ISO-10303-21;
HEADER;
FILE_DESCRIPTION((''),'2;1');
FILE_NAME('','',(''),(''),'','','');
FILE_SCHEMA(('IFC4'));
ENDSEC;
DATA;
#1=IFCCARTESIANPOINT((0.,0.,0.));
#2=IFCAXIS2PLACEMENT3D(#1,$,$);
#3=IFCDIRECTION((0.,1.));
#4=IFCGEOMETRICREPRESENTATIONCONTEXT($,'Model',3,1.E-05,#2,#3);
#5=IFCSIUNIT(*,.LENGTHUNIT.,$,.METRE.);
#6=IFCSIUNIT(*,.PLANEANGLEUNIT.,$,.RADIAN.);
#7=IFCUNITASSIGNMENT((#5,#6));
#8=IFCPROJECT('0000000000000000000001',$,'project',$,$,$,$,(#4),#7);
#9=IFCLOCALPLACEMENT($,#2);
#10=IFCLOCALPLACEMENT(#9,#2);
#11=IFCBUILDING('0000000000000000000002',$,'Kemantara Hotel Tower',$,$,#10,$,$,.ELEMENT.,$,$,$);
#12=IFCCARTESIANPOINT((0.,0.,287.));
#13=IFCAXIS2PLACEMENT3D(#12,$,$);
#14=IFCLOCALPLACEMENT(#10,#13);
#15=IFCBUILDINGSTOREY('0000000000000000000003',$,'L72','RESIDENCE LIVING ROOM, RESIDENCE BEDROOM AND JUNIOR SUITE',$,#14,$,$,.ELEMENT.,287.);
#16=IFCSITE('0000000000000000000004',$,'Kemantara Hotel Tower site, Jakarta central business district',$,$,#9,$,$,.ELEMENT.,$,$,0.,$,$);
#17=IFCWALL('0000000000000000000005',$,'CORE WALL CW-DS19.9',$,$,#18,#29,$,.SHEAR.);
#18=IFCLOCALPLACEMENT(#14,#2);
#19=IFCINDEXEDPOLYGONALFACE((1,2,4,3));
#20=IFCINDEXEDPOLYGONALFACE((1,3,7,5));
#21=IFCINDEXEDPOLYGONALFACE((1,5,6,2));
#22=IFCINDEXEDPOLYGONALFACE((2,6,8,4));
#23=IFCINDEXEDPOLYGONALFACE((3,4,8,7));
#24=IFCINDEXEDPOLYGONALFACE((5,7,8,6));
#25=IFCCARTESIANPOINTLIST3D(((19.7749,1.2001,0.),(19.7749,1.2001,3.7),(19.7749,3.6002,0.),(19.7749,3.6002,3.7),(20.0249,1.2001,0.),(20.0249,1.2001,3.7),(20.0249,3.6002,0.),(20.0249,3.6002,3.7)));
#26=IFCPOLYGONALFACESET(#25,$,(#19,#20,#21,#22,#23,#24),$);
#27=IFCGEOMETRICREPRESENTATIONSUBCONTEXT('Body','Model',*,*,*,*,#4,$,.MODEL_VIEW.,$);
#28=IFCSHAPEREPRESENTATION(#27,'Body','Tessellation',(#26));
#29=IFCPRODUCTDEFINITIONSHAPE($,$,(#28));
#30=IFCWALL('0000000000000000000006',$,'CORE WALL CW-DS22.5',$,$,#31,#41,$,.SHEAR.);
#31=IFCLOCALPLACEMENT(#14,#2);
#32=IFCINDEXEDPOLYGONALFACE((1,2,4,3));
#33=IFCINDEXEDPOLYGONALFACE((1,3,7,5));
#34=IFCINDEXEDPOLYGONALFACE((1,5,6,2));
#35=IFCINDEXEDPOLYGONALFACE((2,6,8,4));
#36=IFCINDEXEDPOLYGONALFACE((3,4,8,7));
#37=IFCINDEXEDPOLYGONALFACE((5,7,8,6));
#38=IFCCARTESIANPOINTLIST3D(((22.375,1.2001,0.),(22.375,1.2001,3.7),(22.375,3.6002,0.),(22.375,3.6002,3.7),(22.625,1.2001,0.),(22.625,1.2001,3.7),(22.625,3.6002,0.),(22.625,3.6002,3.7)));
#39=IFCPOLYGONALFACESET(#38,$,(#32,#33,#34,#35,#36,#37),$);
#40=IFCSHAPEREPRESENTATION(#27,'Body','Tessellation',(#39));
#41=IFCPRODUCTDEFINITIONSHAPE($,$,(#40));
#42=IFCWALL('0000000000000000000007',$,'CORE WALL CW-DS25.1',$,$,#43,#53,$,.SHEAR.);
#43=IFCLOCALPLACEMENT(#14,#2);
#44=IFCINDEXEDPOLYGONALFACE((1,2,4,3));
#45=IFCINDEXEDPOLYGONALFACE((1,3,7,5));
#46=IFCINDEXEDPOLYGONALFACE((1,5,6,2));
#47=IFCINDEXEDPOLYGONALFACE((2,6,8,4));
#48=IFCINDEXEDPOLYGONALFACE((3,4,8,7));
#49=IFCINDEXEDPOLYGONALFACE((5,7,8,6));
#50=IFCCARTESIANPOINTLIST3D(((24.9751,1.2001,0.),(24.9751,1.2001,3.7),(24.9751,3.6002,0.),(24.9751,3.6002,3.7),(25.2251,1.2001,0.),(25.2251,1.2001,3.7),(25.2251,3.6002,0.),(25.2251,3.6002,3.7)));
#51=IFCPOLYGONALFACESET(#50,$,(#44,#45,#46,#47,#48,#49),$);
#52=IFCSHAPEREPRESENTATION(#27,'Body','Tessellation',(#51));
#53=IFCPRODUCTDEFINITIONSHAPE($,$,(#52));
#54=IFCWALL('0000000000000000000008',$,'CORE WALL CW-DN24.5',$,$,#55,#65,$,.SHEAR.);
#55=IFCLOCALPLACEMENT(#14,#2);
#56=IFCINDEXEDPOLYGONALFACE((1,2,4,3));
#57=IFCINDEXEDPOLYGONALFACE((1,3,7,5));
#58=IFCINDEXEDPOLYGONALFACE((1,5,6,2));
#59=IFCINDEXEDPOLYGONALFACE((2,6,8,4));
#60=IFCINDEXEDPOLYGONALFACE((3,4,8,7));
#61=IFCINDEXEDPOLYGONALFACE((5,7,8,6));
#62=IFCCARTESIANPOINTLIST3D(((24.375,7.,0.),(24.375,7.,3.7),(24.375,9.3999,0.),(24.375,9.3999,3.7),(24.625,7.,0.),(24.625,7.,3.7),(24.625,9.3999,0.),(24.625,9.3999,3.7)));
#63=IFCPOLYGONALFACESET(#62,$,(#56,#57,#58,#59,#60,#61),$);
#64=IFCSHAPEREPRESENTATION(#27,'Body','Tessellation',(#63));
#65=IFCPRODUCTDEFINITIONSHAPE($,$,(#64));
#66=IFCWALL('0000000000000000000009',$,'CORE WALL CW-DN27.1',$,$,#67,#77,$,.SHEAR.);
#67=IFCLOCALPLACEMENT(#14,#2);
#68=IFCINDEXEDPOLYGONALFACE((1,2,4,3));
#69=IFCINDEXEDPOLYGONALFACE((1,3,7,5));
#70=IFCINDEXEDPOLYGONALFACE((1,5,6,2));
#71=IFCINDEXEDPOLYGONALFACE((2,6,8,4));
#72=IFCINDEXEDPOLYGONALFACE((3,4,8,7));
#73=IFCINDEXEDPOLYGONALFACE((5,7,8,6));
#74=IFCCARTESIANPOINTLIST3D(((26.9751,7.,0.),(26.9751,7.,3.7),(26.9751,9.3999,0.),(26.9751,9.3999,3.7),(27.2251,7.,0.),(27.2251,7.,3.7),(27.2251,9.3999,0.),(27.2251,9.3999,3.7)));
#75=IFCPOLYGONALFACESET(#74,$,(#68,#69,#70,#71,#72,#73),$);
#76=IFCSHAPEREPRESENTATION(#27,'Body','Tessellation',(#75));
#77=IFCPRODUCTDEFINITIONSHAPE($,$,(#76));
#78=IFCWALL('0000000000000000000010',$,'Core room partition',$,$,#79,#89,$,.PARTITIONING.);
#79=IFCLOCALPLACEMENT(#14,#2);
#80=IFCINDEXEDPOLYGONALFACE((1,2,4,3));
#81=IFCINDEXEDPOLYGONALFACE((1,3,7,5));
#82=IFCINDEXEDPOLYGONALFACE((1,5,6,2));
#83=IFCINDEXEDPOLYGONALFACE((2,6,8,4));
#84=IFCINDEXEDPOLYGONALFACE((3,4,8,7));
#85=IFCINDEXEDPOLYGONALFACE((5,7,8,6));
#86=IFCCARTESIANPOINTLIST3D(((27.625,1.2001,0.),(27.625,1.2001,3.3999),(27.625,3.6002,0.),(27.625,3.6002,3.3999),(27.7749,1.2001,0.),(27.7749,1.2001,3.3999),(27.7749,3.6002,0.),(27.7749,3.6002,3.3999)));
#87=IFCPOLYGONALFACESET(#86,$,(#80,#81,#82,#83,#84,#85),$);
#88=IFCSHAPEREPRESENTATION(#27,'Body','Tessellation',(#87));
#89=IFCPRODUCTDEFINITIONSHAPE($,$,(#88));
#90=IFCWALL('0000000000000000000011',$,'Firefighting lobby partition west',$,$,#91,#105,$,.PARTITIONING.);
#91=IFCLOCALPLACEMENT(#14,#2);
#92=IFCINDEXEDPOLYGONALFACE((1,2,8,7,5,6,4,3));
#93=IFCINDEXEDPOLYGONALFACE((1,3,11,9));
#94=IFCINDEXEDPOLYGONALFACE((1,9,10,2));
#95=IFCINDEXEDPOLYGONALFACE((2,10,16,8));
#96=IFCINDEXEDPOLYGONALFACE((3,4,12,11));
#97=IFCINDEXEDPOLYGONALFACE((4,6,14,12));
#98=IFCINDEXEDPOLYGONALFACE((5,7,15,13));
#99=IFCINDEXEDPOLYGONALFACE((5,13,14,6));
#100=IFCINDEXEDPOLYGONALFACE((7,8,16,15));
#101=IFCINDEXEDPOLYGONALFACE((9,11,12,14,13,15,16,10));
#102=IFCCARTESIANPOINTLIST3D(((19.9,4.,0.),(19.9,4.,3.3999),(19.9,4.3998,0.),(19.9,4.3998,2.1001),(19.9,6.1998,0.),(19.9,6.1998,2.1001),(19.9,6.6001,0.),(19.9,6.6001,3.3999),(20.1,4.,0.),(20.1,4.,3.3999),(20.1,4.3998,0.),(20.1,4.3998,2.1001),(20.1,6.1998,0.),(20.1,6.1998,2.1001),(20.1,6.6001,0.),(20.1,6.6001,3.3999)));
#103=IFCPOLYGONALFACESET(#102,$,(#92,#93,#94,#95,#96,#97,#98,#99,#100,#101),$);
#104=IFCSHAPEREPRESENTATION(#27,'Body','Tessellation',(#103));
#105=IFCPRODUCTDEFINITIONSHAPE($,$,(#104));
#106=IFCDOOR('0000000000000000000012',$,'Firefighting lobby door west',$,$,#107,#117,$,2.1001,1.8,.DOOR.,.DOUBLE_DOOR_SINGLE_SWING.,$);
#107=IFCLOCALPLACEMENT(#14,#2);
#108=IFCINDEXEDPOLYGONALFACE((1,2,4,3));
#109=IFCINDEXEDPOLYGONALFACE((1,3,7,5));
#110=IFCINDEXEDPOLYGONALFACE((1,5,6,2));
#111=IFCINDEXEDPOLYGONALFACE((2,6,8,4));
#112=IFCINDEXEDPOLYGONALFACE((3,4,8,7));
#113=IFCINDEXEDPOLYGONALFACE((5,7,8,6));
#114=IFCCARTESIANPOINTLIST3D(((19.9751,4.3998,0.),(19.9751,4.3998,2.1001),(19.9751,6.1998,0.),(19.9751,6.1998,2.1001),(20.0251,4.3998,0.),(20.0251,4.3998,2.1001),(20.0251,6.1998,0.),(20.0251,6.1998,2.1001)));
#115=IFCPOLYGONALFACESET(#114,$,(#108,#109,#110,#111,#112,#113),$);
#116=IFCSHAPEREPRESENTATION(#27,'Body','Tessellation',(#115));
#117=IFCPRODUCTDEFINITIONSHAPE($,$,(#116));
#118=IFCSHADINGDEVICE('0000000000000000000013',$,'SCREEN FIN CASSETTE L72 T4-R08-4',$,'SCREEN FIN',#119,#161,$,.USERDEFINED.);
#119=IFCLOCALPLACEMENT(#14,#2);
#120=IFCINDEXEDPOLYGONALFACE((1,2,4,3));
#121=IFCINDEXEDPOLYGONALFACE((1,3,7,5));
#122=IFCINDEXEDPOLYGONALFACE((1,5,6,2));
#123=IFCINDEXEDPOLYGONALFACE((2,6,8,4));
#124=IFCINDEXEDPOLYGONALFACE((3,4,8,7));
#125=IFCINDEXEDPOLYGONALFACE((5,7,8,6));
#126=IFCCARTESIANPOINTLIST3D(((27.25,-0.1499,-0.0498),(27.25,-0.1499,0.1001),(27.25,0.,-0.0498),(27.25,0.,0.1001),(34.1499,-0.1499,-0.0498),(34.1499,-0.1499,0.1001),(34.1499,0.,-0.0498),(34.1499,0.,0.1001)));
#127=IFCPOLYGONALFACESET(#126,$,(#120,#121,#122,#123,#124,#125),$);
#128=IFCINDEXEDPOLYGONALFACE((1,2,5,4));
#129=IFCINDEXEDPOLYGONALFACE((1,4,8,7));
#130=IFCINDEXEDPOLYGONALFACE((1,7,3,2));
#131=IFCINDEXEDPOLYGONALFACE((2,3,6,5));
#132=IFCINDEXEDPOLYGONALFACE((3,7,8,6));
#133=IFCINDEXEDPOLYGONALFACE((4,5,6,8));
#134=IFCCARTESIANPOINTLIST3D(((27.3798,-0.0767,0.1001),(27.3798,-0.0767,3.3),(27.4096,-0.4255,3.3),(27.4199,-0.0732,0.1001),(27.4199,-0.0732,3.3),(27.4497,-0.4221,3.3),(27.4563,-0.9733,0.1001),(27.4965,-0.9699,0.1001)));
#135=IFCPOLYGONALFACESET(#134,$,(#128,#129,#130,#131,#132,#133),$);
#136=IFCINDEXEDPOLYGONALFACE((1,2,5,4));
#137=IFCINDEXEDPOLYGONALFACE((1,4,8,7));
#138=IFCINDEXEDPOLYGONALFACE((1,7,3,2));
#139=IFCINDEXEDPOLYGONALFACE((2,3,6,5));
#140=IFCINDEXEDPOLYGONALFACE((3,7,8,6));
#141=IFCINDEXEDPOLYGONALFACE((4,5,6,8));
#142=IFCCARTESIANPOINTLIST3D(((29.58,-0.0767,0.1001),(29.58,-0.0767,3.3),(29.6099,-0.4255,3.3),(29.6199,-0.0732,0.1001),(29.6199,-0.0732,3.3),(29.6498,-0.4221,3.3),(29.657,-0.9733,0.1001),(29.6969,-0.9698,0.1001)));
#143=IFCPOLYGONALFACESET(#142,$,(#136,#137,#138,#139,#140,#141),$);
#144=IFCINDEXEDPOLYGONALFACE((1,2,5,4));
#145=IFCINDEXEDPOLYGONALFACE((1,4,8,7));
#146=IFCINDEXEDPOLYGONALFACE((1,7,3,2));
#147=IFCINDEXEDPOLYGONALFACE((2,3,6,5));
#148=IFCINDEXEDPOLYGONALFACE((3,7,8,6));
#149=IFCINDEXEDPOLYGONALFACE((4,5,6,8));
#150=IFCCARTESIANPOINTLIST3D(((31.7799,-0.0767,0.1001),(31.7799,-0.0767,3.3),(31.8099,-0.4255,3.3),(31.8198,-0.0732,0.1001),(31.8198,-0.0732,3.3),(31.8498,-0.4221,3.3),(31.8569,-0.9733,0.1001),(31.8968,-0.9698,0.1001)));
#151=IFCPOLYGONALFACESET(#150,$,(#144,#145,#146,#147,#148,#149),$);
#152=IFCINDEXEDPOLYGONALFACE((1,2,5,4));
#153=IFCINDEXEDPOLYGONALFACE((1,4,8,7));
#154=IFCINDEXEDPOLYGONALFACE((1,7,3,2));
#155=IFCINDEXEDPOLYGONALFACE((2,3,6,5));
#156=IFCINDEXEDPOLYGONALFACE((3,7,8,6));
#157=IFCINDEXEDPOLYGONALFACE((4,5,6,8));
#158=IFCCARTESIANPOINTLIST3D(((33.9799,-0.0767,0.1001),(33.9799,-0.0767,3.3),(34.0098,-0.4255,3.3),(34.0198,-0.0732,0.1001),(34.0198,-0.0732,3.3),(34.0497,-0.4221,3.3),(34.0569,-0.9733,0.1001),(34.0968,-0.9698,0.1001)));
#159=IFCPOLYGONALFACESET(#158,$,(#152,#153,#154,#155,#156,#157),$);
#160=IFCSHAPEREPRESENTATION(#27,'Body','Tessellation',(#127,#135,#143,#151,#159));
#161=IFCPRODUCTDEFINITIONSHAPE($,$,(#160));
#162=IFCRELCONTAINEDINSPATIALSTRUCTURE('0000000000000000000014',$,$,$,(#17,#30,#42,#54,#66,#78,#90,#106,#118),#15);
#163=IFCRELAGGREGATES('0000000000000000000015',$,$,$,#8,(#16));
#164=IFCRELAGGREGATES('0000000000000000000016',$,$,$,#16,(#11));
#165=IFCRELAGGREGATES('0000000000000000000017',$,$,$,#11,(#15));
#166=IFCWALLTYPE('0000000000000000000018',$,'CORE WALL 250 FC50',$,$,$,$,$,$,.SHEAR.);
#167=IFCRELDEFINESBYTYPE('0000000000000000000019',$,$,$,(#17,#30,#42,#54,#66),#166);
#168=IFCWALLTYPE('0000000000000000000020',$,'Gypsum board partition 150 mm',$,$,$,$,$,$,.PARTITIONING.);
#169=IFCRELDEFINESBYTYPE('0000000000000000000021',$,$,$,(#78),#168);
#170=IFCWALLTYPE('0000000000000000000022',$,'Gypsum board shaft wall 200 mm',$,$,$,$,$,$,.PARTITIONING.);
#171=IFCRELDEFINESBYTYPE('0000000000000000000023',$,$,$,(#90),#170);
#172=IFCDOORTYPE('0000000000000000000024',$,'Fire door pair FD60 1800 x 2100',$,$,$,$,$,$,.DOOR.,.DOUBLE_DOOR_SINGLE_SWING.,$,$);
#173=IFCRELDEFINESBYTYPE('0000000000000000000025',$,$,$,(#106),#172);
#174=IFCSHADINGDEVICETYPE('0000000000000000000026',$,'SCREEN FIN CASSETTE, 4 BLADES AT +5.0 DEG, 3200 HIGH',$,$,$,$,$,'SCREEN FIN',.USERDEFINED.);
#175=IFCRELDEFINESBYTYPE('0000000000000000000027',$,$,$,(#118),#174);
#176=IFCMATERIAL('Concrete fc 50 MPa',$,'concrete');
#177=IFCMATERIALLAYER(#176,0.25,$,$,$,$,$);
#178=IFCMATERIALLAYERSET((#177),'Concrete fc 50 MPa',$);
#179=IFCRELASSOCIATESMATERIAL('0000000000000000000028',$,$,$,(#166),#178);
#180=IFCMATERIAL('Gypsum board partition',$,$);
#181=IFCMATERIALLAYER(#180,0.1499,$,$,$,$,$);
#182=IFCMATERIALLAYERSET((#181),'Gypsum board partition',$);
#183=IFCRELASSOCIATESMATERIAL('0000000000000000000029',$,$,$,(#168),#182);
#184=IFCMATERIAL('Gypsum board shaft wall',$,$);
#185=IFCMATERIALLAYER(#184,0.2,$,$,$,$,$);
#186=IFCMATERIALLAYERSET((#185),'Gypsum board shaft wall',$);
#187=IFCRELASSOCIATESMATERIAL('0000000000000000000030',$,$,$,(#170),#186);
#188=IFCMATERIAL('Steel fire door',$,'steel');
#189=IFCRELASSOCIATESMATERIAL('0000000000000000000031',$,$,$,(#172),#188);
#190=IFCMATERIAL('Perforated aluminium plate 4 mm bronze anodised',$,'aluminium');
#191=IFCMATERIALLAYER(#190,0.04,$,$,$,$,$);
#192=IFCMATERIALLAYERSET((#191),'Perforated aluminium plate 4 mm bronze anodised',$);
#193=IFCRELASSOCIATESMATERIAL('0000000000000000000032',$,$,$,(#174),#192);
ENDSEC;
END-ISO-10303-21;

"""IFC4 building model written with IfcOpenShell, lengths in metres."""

from ifc_helpers import new_model, si_unit, direction, frame, frame_2d, origin, origin_2d, place, context, subcontext, project, spatial, polyline, rectangle, outline, extrude, source, transform, mapped, material, layer, layer_set, type_object, element, fill, save


model = new_model("IFC4")

# Units and contexts
model_context = context("Model", 3, precision=1e-05, world=origin(), true_north=direction((0.0, 1.0)))
body_context = subcontext(model_context, "Body", "Model", "MODEL_VIEW")
ifc_project = project(units=[si_unit("LENGTHUNIT", "METRE"), si_unit("PLANEANGLEUNIT", "RADIAN")], contexts=[model_context])

# Site, building, storey
site_placement = place(None, origin())
site = spatial("IfcSite", under=ifc_project, at=site_placement, Name="Kemantara Hotel Tower site, Jakarta central business district", CompositionType="ELEMENT", RefElevation=0.0)
building_placement = place(site_placement, origin())
building = spatial("IfcBuilding", under=site, at=building_placement, Name="Kemantara Hotel Tower", CompositionType="ELEMENT")
storey_placement = place(building_placement, frame((0.0, 0.0, 287.0)))
storey = spatial("IfcBuildingStorey", under=building, at=storey_placement, Name="L72", Description="RESIDENCE LIVING ROOM, RESIDENCE BEDROOM AND JUNIOR SUITE", CompositionType="ELEMENT", Elevation=287.0)

# Walls
ifc_material_1 = material(Name="Concrete fc 50 MPa", Category="concrete")
ifc_layer_1 = layer(ifc_material_1, 0.25)
ifc_layer_set_1 = layer_set([ifc_layer_1], Name="Concrete fc 50 MPa")
wall_type_1 = type_object("IfcWallType", Name="CORE WALL 250 FC50", PredefinedType="SHEAR", material=ifc_layer_set_1)
for number, where, z_axis, x_axis, name in (
    (1, (19.8999, 1.2, 0.0), (0.0, 0.0, 1.0), (0.0, 1.0, 0.0), "CORE WALL CW-DS19.9"),
    (2, (22.5, 1.2, 0.0), (0.0, 0.0, 1.0), (0.0, 1.0, 0.0), "CORE WALL CW-DS22.5"),
    (3, (25.1001, 1.2, 0.0), (0.0, 0.0, 1.0), (0.0, 1.0, 0.0), "CORE WALL CW-DS25.1"),
):
    element("IfcWall", number, at=place(storey_placement, frame(where, z_axis=z_axis, x_axis=x_axis)), inside=storey, type_object=wall_type_1, Name=name, PredefinedType="SHEAR", context=body_context, shape_type="SweptSolid", body=[
        extrude(rectangle(XDim=2.4001, YDim=0.25, at=frame_2d((1.2002, 0.0))), origin(), (0.0, 0.0, 1.0), 3.7),
    ])
for number, where, z_axis, x_axis, name in (
    (4, (24.5, 7.0, 0.0), (0.0, 0.0, 1.0), (0.0, 1.0, 0.0), "CORE WALL CW-DN24.5"),
    (5, (27.1001, 7.0, 0.0), (0.0, 0.0, 1.0), (0.0, 1.0, 0.0), "CORE WALL CW-DN27.1"),
):
    element("IfcWall", number, at=place(storey_placement, frame(where, z_axis=z_axis, x_axis=x_axis)), inside=storey, type_object=wall_type_1, Name=name, PredefinedType="SHEAR", context=body_context, shape_type="SweptSolid", body=[
        extrude(rectangle(XDim=2.3999, YDim=0.25, at=frame_2d((1.2, 0.0))), origin(), (0.0, 0.0, 1.0), 3.7),
    ])
ifc_material_2 = material(Name="Gypsum board partition")
ifc_layer_2 = layer(ifc_material_2, 0.1499)
ifc_layer_set_2 = layer_set([ifc_layer_2], Name="Gypsum board partition")
wall_type_2 = type_object("IfcWallType", Name="Gypsum board partition 150 mm", PredefinedType="PARTITIONING", material=ifc_layer_set_2)
wall_1_placement = place(storey_placement, frame((27.7, 1.2, 0.0), z_axis=(0.0, 0.0, 1.0), x_axis=(0.0, 1.0, 0.0)))
element("IfcWall", 6, at=wall_1_placement, inside=storey, type_object=wall_type_2, Name="Core room partition", PredefinedType="PARTITIONING", context=body_context, shape_type="SweptSolid", body=[
    extrude(rectangle(XDim=2.4001, YDim=0.1499, at=frame_2d((1.2002, 0.0))), origin(), (0.0, 0.0, 1.0), 3.3999),
])

# Wall, opening, door
ifc_material_3 = material(Name="Gypsum board shaft wall")
ifc_layer_3 = layer(ifc_material_3, 0.2)
ifc_layer_set_3 = layer_set([ifc_layer_3], Name="Gypsum board shaft wall")
wall_type_3 = type_object("IfcWallType", Name="Gypsum board shaft wall 200 mm", PredefinedType="PARTITIONING", material=ifc_layer_set_3)
wall_2_placement = place(storey_placement, frame((20.0, 4.0, 0.0), z_axis=(0.0, 0.0, 1.0), x_axis=(0.0, 1.0, 0.0)))
wall_2 = element("IfcWall", 7, at=wall_2_placement, inside=storey, type_object=wall_type_3, Name="Firefighting lobby partition west", PredefinedType="PARTITIONING", context=body_context, shape_type="SweptSolid", body=[
    extrude(rectangle(XDim=2.6001, YDim=0.2, at=frame_2d((1.3, 0.0))), origin(), (0.0, 0.0, 1.0), 3.3999),
])
opening_placement = place(wall_2_placement, frame((0.3999, 0.0, 0.0)))
opening = element("IfcOpeningElement", 8, at=opening_placement, cuts=wall_2, PredefinedType="OPENING", context=body_context, shape_type="SweptSolid", body=[
    extrude(rectangle(XDim=1.8, YDim=2.1001, at=frame_2d((0.8999, 1.05))), frame((0.0, 0.1099, 0.0), z_axis=(0.0, -1.0, 0.0), x_axis=(1.0, 0.0, 0.0)), (0.0, 0.0, 1.0), 0.22),
])
ifc_material_4 = material(Name="Steel fire door", Category="steel")
door_type = type_object("IfcDoorType", Name="Fire door pair FD60 1800 x 2100", OperationType="DOUBLE_DOOR_SINGLE_SWING", PredefinedType="DOOR", material=ifc_material_4)
door_placement = place(opening_placement, origin())
door = element("IfcDoor", 9, at=door_placement, inside=storey, type_object=door_type, Name="Firefighting lobby door west", OperationType="DOUBLE_DOOR_SINGLE_SWING", OverallHeight=2.1001, OverallWidth=1.8, PredefinedType="DOOR", context=body_context, shape_type="SweptSolid", body=[
    extrude(rectangle(XDim=1.8, YDim=2.1001, at=frame_2d((0.8999, 1.05))), frame((0.0, 0.0249, 0.0), z_axis=(0.0, -1.0, 0.0), x_axis=(1.0, 0.0, 0.0)), (0.0, 0.0, 1.0), 0.05),
])
fill(opening, door)

# Shading device
ifc_material_5 = material(Name="Perforated aluminium plate 4 mm bronze anodised", Category="aluminium")
ifc_layer_4 = layer(ifc_material_5, 0.04)
ifc_layer_set_4 = layer_set([ifc_layer_4], Name="Perforated aluminium plate 4 mm bronze anodised")
shading_device_type = type_object("IfcShadingDeviceType", Name="SCREEN FIN CASSETTE, 4 BLADES AT +5.0 DEG, 3200 HIGH", ElementType="SCREEN FIN", PredefinedType="USERDEFINED", material=ifc_layer_set_4)
shared_shape = source(origin(), body_context, "Body", "SweptSolid", [
    extrude(rectangle(XDim=6.8999, YDim=0.1499, at=origin_2d()), frame((3.3, -0.075, -0.1499), z_axis=(0.0, 0.0, 1.0), x_axis=(1.0, 0.0, 0.0)), (0.0, 0.0, 1.0), 0.1499),
    extrude(outline(polyline([(0.0, 0.0), (0.8999, 0.0), (0.3501, 3.2), (0.0, 3.2), (0.0, 0.0)])), frame((0.02, -0.0732, 0.0), z_axis=(-0.996376, -0.085056, 0.0), x_axis=(0.085056, -0.996376, 0.0)), (0.0, 0.0, 1.0), 0.0403),
    extrude(outline(polyline([(0.0, 0.0), (0.8999, 0.0), (0.3501, 3.2), (0.0, 3.2), (0.0, 0.0)])), frame((2.22, -0.0732, 0.0), z_axis=(-0.996332, -0.085575, 0.0), x_axis=(0.085575, -0.996332, 0.0)), (0.0, 0.0, 1.0), 0.04),
    extrude(outline(polyline([(0.0, 0.0), (0.8999, 0.0), (0.3501, 3.2), (0.0, 3.2), (0.0, 0.0)])), frame((4.4199, -0.0732, 0.0), z_axis=(-0.996332, -0.085575, 0.0), x_axis=(0.085575, -0.996332, 0.0)), (0.0, 0.0, 1.0), 0.04),
    extrude(outline(polyline([(0.0, 0.0), (0.8999, 0.0), (0.3501, 3.2), (0.0, 3.2), (0.0, 0.0)])), frame((6.6199, -0.0732, 0.0), z_axis=(-0.996332, -0.085575, 0.0), x_axis=(0.085575, -0.996332, 0.0)), (0.0, 0.0, 1.0), 0.04),
])
shading_device_placement = place(storey_placement, frame((27.3999, 0.0, 0.1001), z_axis=(0.0, 0.0, 1.0), x_axis=(1.0, 0.0, 0.0)))
element("IfcShadingDevice", 10, at=shading_device_placement, inside=storey, type_object=shading_device_type, Name="SCREEN FIN CASSETTE L72 T4-R08-4", ObjectType="SCREEN FIN", PredefinedType="USERDEFINED", context=body_context, shape_type="MappedRepresentation", body=[
    mapped(shared_shape, transform((0.0, 0.0, 0.0))),
])

save(model, "model.ifc")
